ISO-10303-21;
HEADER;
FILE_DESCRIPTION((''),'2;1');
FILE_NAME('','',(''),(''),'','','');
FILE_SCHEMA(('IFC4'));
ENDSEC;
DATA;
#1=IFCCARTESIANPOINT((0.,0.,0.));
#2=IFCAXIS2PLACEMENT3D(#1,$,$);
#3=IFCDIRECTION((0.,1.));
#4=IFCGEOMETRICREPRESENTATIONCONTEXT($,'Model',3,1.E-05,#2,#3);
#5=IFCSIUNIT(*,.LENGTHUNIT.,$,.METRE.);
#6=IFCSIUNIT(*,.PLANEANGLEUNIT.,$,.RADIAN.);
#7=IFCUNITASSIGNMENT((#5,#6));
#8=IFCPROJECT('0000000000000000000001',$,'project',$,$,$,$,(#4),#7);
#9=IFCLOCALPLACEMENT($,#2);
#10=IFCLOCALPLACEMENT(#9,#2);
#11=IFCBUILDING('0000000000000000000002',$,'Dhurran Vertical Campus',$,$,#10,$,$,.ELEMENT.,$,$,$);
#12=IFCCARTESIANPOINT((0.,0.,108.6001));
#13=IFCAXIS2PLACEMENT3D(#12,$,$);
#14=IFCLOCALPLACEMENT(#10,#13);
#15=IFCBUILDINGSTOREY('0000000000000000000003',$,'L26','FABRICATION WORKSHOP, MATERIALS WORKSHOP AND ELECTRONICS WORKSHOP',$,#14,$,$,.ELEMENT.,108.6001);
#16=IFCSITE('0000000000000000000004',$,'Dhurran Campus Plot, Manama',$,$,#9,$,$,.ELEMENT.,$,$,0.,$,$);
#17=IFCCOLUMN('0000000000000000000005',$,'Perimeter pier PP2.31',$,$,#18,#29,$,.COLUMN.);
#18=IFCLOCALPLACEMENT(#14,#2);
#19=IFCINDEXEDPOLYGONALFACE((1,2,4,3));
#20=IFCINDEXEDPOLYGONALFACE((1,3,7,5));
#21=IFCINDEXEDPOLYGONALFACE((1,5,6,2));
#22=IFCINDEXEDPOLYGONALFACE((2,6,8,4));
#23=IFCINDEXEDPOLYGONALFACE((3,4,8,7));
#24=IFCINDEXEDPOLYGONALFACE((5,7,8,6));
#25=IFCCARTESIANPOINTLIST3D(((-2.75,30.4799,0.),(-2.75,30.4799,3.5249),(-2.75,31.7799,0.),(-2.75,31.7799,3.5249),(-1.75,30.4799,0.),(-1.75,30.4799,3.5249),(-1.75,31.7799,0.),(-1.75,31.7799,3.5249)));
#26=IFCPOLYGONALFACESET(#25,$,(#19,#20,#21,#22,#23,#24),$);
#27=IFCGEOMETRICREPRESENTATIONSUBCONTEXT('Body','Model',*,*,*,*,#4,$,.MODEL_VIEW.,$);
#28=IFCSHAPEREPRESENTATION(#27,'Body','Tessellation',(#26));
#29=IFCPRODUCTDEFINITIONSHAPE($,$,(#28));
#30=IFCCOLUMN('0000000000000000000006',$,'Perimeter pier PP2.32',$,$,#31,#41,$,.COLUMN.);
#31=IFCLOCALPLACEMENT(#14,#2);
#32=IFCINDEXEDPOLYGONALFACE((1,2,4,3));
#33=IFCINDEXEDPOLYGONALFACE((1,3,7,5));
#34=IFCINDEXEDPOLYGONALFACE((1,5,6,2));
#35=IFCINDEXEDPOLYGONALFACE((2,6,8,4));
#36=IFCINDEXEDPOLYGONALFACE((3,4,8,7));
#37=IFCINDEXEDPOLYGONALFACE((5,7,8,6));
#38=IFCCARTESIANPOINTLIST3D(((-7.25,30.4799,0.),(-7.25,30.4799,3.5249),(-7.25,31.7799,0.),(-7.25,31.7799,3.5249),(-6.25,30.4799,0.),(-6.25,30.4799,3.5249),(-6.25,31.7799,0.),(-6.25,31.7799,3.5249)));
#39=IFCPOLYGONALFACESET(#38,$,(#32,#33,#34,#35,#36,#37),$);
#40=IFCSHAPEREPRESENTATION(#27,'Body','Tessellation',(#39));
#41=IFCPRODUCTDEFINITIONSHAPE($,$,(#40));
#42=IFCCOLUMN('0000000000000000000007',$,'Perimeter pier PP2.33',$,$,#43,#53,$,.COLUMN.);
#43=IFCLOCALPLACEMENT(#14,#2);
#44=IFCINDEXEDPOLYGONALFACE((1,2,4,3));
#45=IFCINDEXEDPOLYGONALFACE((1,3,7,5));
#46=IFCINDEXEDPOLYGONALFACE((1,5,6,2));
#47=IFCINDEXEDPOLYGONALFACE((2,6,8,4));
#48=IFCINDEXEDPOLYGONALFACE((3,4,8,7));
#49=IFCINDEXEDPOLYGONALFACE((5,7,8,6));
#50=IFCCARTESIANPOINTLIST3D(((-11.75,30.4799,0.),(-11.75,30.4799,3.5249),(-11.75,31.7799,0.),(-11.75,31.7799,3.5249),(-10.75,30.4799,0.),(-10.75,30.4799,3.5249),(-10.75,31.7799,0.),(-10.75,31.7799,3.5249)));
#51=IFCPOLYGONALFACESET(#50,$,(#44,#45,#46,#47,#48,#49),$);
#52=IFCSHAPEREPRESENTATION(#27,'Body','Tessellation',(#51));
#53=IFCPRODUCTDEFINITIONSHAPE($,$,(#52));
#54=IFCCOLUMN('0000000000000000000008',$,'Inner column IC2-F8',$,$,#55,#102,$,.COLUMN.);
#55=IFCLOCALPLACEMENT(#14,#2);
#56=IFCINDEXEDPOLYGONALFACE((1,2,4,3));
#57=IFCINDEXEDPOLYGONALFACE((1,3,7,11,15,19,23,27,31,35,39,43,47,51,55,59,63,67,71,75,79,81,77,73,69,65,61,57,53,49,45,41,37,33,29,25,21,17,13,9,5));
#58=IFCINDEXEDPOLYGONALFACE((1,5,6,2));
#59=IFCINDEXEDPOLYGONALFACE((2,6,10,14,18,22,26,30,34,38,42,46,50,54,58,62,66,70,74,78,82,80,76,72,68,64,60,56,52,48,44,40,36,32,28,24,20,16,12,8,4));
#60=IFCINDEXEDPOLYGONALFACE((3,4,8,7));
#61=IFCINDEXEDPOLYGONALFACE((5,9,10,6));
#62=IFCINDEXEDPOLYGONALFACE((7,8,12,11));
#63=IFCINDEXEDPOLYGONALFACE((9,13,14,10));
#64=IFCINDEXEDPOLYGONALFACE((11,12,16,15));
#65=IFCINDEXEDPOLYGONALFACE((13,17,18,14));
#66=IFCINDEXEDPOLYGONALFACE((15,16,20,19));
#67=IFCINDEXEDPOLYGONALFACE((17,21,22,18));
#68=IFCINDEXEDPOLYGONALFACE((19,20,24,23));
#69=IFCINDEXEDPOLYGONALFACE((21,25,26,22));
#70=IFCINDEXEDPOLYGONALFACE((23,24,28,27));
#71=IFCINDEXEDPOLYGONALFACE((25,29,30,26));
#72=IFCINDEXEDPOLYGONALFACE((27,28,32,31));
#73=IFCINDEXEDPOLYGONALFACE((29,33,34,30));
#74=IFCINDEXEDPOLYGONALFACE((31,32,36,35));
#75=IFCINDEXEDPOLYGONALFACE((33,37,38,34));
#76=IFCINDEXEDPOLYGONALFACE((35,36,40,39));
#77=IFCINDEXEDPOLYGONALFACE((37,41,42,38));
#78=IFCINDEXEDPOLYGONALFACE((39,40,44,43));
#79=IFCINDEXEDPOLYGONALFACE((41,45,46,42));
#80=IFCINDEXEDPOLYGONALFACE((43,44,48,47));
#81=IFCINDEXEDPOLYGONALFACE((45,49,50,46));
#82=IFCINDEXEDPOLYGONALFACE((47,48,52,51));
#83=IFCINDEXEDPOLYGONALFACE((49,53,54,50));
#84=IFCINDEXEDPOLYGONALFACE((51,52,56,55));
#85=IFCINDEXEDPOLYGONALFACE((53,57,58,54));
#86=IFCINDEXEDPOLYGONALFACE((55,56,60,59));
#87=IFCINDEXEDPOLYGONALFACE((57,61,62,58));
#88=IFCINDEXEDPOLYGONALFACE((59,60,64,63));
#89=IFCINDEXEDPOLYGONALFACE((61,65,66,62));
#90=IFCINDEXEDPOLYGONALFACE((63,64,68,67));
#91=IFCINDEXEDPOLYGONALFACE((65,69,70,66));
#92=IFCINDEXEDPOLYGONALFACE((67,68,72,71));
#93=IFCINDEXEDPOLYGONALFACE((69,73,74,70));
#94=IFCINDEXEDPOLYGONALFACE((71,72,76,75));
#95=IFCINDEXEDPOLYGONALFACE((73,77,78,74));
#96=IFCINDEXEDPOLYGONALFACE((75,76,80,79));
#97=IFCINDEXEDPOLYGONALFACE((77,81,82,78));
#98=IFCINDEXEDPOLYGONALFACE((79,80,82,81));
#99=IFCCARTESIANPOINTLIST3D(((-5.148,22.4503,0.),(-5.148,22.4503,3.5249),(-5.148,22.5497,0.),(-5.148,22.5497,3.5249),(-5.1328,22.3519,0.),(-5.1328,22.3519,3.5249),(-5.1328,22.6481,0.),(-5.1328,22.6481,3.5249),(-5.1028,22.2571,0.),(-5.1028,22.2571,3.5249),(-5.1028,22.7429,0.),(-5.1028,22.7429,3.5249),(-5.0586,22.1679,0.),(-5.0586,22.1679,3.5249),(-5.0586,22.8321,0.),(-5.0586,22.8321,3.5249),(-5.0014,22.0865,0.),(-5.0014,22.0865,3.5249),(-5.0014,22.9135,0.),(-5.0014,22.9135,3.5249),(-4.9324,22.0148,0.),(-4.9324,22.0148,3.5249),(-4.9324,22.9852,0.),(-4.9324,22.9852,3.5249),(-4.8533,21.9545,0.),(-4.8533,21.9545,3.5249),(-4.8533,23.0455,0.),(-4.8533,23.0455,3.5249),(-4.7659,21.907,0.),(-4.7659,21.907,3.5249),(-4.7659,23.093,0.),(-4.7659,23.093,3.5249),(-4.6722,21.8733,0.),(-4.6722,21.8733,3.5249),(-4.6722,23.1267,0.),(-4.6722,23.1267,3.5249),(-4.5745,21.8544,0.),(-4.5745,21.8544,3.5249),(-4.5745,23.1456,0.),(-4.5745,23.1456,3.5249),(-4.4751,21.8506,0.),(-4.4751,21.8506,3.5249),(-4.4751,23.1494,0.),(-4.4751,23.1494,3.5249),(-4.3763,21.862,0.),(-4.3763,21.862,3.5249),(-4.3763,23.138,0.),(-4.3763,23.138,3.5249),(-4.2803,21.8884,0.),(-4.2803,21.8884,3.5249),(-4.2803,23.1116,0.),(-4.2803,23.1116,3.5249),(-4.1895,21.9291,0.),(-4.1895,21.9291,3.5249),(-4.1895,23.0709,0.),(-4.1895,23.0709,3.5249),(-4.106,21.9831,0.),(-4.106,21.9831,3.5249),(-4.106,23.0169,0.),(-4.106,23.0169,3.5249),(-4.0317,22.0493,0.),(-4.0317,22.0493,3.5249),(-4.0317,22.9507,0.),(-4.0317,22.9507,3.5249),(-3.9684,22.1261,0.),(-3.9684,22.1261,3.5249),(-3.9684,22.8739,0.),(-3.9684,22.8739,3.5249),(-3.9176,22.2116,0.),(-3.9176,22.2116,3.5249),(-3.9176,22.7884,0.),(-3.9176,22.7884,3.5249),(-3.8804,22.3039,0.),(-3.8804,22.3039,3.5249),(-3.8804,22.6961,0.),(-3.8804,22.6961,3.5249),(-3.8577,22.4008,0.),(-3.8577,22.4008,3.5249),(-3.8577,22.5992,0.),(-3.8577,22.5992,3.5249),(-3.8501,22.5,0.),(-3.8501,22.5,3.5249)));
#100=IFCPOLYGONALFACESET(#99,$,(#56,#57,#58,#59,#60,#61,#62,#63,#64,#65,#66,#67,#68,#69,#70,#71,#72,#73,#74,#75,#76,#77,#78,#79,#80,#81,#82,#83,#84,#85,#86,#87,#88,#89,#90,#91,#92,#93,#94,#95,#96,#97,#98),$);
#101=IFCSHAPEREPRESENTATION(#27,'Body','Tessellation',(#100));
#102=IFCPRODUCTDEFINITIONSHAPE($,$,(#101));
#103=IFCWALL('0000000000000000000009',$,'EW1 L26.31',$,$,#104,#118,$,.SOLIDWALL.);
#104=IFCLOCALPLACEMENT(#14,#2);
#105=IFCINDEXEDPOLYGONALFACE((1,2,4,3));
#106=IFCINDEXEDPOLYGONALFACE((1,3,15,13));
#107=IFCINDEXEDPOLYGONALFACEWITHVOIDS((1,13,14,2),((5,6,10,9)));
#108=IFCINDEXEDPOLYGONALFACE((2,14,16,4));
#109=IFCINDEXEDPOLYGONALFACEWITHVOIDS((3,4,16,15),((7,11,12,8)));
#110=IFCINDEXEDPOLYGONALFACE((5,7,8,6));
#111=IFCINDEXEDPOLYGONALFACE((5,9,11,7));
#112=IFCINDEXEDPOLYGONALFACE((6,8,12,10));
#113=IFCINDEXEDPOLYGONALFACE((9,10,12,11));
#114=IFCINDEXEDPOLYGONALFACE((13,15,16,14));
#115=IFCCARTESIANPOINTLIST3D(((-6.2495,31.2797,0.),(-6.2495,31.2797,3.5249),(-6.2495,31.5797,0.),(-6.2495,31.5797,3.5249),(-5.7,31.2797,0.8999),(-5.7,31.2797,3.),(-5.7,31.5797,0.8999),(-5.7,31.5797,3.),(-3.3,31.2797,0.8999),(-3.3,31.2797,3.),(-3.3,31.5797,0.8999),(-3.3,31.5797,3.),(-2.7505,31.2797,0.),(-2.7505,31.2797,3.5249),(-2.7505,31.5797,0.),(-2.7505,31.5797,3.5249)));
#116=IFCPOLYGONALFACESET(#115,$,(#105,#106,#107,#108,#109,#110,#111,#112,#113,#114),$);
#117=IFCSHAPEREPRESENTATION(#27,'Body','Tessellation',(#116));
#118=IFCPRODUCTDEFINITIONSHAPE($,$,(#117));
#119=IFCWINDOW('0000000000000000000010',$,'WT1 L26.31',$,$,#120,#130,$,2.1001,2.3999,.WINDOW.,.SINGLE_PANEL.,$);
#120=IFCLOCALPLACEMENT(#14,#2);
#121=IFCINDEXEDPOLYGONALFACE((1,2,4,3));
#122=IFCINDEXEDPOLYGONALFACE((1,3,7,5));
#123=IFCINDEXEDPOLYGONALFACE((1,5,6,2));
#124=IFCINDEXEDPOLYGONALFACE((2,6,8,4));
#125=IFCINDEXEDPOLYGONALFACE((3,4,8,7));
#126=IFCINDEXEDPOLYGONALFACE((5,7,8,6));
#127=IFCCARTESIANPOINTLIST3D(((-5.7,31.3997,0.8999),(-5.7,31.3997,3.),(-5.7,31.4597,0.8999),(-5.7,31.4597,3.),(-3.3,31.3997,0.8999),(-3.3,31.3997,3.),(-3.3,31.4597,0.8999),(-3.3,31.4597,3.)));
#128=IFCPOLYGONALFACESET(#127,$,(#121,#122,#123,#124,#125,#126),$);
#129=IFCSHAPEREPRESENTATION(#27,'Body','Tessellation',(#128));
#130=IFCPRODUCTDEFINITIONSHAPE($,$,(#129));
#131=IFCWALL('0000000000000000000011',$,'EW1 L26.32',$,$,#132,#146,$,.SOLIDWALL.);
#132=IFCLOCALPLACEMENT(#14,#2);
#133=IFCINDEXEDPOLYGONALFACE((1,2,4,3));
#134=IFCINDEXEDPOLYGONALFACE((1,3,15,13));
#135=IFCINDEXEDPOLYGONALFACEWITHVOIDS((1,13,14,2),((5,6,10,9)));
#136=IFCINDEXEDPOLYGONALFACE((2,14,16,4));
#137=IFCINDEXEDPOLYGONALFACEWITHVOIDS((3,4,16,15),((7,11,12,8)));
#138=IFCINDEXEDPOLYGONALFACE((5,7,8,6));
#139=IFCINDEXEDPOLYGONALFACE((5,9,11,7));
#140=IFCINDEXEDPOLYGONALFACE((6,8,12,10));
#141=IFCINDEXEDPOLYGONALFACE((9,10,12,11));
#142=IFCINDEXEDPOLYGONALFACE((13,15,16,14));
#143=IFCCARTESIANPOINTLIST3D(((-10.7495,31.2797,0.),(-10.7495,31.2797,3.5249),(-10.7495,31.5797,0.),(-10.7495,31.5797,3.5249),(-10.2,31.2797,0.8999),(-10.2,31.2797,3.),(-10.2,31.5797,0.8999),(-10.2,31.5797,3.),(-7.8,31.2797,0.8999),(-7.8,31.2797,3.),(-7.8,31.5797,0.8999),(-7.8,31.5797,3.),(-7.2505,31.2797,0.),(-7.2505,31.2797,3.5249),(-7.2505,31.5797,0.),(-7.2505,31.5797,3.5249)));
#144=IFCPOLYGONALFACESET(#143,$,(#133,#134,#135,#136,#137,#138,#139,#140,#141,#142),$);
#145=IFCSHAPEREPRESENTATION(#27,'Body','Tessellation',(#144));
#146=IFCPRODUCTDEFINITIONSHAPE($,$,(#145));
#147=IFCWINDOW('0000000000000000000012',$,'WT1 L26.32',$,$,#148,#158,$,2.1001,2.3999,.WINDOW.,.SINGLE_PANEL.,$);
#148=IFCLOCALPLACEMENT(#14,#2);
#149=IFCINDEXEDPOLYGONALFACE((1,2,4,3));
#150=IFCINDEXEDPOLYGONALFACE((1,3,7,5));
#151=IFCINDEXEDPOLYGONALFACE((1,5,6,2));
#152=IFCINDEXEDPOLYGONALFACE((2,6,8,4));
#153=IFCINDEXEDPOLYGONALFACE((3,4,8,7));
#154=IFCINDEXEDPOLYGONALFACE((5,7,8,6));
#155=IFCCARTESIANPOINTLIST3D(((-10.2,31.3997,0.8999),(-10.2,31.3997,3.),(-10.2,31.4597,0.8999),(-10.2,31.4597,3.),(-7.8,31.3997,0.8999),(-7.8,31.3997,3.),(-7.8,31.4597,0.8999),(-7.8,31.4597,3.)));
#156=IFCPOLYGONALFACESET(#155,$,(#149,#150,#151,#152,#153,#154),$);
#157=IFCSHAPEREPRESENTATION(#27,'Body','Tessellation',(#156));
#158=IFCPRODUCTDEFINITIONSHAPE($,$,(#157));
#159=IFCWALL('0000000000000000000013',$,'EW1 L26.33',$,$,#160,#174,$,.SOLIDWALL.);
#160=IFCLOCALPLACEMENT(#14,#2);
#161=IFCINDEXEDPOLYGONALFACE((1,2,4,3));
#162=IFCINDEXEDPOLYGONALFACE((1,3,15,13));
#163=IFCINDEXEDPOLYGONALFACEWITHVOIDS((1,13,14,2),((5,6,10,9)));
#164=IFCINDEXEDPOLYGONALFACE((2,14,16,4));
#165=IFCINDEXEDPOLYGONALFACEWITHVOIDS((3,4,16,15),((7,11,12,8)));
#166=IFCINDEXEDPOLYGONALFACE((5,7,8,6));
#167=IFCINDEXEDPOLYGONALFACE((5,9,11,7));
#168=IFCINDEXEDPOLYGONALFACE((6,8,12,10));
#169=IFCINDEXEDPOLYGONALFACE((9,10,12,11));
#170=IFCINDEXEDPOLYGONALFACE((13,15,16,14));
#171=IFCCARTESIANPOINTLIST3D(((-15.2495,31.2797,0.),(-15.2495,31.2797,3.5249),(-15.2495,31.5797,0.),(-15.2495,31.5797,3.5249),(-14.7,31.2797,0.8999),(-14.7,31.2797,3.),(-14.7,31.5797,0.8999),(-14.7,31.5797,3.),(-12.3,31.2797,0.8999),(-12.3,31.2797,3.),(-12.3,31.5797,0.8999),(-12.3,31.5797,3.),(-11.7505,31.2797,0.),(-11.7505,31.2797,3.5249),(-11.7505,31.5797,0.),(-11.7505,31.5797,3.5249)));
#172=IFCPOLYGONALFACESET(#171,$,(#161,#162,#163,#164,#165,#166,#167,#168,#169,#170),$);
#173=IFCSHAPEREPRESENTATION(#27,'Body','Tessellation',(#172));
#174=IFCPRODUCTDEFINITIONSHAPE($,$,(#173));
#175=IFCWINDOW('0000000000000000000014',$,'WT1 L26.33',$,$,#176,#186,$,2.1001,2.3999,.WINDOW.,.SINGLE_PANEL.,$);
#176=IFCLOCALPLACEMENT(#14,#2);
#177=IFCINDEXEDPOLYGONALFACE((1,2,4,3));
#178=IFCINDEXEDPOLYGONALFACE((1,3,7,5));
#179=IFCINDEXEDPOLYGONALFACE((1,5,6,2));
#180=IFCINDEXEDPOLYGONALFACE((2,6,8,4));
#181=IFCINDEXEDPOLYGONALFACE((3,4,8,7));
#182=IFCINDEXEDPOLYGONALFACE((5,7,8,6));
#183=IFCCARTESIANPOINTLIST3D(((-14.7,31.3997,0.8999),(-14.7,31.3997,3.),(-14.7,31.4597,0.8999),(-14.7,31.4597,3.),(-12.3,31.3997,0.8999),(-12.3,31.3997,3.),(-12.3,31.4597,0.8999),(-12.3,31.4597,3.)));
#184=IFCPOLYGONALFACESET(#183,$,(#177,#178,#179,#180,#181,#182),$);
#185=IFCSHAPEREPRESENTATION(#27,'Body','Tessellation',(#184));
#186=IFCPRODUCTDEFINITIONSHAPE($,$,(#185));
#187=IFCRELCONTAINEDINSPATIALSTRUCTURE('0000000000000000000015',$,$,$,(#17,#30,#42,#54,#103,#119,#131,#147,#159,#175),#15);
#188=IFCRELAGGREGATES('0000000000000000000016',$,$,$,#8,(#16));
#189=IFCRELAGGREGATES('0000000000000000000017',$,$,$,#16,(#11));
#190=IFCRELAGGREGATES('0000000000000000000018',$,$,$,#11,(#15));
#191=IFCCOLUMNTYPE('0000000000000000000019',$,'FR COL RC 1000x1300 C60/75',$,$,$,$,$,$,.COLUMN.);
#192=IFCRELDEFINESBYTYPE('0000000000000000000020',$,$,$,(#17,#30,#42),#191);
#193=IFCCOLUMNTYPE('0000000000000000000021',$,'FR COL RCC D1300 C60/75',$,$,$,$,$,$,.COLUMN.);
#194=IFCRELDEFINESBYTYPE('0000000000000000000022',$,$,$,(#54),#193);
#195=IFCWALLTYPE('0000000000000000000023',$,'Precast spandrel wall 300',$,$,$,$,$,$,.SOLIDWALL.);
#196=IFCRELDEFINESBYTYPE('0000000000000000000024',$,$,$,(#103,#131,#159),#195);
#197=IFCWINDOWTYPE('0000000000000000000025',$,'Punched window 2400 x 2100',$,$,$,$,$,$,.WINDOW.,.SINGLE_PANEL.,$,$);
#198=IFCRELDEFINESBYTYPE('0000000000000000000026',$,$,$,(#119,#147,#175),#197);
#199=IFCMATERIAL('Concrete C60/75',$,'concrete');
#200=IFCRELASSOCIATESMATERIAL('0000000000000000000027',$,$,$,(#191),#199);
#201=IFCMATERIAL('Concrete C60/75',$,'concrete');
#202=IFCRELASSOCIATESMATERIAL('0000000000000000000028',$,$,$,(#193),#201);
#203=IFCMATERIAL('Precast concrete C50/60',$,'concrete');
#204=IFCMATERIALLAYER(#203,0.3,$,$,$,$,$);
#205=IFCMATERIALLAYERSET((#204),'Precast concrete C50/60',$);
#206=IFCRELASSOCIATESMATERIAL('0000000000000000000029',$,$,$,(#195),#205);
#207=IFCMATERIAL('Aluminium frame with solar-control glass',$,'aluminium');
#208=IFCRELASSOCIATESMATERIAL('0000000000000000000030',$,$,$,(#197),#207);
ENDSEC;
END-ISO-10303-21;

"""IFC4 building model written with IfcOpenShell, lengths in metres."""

from ifc_helpers import new_model, si_unit, direction, frame, frame_2d, origin, origin_2d, place, context, subcontext, project, spatial, rectangle, circle, extrude, material, layer, layer_set, material_profile, profile_set, type_object, element, fill, save


model = new_model("IFC4")

# Units and contexts
model_context = context("Model", 3, precision=1e-05, world=origin(), true_north=direction((0.0, 1.0)))
body_context = subcontext(model_context, "Body", "Model", "MODEL_VIEW")
ifc_project = project(units=[si_unit("LENGTHUNIT", "METRE"), si_unit("PLANEANGLEUNIT", "RADIAN")], contexts=[model_context])

# Site, building, storey
site_placement = place(None, origin())
site = spatial("IfcSite", under=ifc_project, at=site_placement, Name="Dhurran Campus Plot, Manama", CompositionType="ELEMENT", RefElevation=0.0)
building_placement = place(site_placement, origin())
building = spatial("IfcBuilding", under=site, at=building_placement, Name="Dhurran Vertical Campus", CompositionType="ELEMENT")
storey_placement = place(building_placement, frame((0.0, 0.0, 108.6001)))
storey = spatial("IfcBuildingStorey", under=building, at=storey_placement, Name="L26", Description="FABRICATION WORKSHOP, MATERIALS WORKSHOP AND ELECTRONICS WORKSHOP", CompositionType="ELEMENT", Elevation=108.6001)

# Columns
ifc_material_1 = material(Name="Concrete C60/75", Category="concrete")
ifc_material_profile_1 = material_profile(ifc_material_1, rectangle(XDim=1.0, YDim=1.3, at=origin_2d()), Name="RC 1000x1300")
ifc_profile_set_1 = profile_set([ifc_material_profile_1], Name="Concrete C60/75")
column_type_1 = type_object("IfcColumnType", Name="FR COL RC 1000x1300 C60/75", PredefinedType="COLUMN", material=ifc_profile_set_1)
for number, where, z_axis, x_axis, name in (
    (1, (-2.25, 31.1299, 0.0), (0.0, 0.0, 1.0), (-1.0, 0.0, 0.0), "Perimeter pier PP2.31"),
    (2, (-6.75, 31.1299, 0.0), (0.0, 0.0, 1.0), (-1.0, 0.0, 0.0), "Perimeter pier PP2.32"),
    (3, (-11.25, 31.1299, 0.0), (0.0, 0.0, 1.0), (-1.0, 0.0, 0.0), "Perimeter pier PP2.33"),
):
    element("IfcColumn", number, at=place(storey_placement, frame(where, z_axis=z_axis, x_axis=x_axis)), inside=storey, type_object=column_type_1, Name=name, PredefinedType="COLUMN", context=body_context, shape_type="SweptSolid", body=[
        extrude(rectangle(XDim=1.0, YDim=1.3, at=origin_2d()), origin(), (0.0, 0.0, 1.0), 3.5249),
    ])
ifc_material_2 = material(Name="Concrete C60/75", Category="concrete")
ifc_material_profile_2 = material_profile(ifc_material_2, circle(Radius=0.6499, at=origin_2d()), Name="RCC D1300")
ifc_profile_set_2 = profile_set([ifc_material_profile_2], Name="Concrete C60/75")
column_type_2 = type_object("IfcColumnType", Name="FR COL RCC D1300 C60/75", PredefinedType="COLUMN", material=ifc_profile_set_2)
column_placement = place(storey_placement, frame((-4.5, 22.5, 0.0), z_axis=(0.0, 0.0, 1.0), x_axis=(1.0, 0.0, 0.0)))
element("IfcColumn", 4, at=column_placement, inside=storey, type_object=column_type_2, Name="Inner column IC2-F8", PredefinedType="COLUMN", context=body_context, shape_type="SweptSolid", body=[
    extrude(circle(Radius=0.6499, at=origin_2d()), origin(), (0.0, 0.0, 1.0), 3.5249),
])

# Walls, openings, windows
ifc_material_3 = material(Name="Precast concrete C50/60", Category="concrete")
ifc_layer_1 = layer(ifc_material_3, 0.3)
ifc_layer_set_1 = layer_set([ifc_layer_1], Name="Precast concrete C50/60")
wall_type_1 = type_object("IfcWallType", Name="Precast spandrel wall 300", PredefinedType="SOLIDWALL", material=ifc_layer_set_1)
wall_1_placement = place(storey_placement, frame((-2.7505, 31.4297, 0.0), z_axis=(0.0, 0.0, 1.0), x_axis=(-1.0, 0.0, 0.0)))
wall_1 = element("IfcWall", 5, at=wall_1_placement, inside=storey, type_object=wall_type_1, Name="EW1 L26.31", PredefinedType="SOLIDWALL", context=body_context, shape_type="SweptSolid", body=[
    extrude(rectangle(XDim=3.499, YDim=0.3, at=frame_2d((1.7495, 0.0))), origin(), (0.0, 0.0, 1.0), 3.5249),
])
opening_1_placement = place(wall_1_placement, frame((0.5496, 0.0, 0.8999)))
opening_1 = element("IfcOpeningElement", 6, at=opening_1_placement, cuts=wall_1, PredefinedType="OPENING", context=body_context, shape_type="SweptSolid", body=[
    extrude(rectangle(XDim=2.3999, YDim=2.1001, at=frame_2d((1.2, 1.05))), frame((0.0, 0.1599, 0.0), z_axis=(0.0, -1.0, 0.0), x_axis=(1.0, 0.0, 0.0)), (0.0, 0.0, 1.0), 0.3201),
])
ifc_material_4 = material(Name="Aluminium frame with solar-control glass", Category="aluminium")
window_type = type_object("IfcWindowType", Name="Punched window 2400 x 2100", PartitioningType="SINGLE_PANEL", PredefinedType="WINDOW", material=ifc_material_4)
window_1_placement = place(opening_1_placement, origin())
window_1 = element("IfcWindow", 7, at=window_1_placement, inside=storey, type_object=window_type, Name="WT1 L26.31", OverallHeight=2.1001, OverallWidth=2.3999, PartitioningType="SINGLE_PANEL", PredefinedType="WINDOW", context=body_context, shape_type="SweptSolid", body=[
    extrude(rectangle(XDim=2.3999, YDim=2.1001, at=frame_2d((1.2, 1.05))), frame((0.0, 0.03, 0.0), z_axis=(0.0, -1.0, 0.0), x_axis=(1.0, 0.0, 0.0)), (0.0, 0.0, 1.0), 0.0601),
])
fill(opening_1, window_1)
wall_2_placement = place(storey_placement, frame((-7.2505, 31.4297, 0.0), z_axis=(0.0, 0.0, 1.0), x_axis=(-1.0, 0.0, 0.0)))
wall_2 = element("IfcWall", 8, at=wall_2_placement, inside=storey, type_object=wall_type_1, Name="EW1 L26.32", PredefinedType="SOLIDWALL", context=body_context, shape_type="SweptSolid", body=[
    extrude(rectangle(XDim=3.499, YDim=0.3, at=frame_2d((1.7495, 0.0))), origin(), (0.0, 0.0, 1.0), 3.5249),
])
opening_2_placement = place(wall_2_placement, frame((0.5496, 0.0, 0.8999)))
opening_2 = element("IfcOpeningElement", 9, at=opening_2_placement, cuts=wall_2, PredefinedType="OPENING", context=body_context, shape_type="SweptSolid", body=[
    extrude(rectangle(XDim=2.3999, YDim=2.1001, at=frame_2d((1.2, 1.05))), frame((0.0, 0.1599, 0.0), z_axis=(0.0, -1.0, 0.0), x_axis=(1.0, 0.0, 0.0)), (0.0, 0.0, 1.0), 0.3201),
])
window_2_placement = place(opening_2_placement, origin())
window_2 = element("IfcWindow", 10, at=window_2_placement, inside=storey, type_object=window_type, Name="WT1 L26.32", OverallHeight=2.1001, OverallWidth=2.3999, PartitioningType="SINGLE_PANEL", PredefinedType="WINDOW", context=body_context, shape_type="SweptSolid", body=[
    extrude(rectangle(XDim=2.3999, YDim=2.1001, at=frame_2d((1.2, 1.05))), frame((0.0, 0.03, 0.0), z_axis=(0.0, -1.0, 0.0), x_axis=(1.0, 0.0, 0.0)), (0.0, 0.0, 1.0), 0.0601),
])
fill(opening_2, window_2)
wall_3_placement = place(storey_placement, frame((-11.7505, 31.4297, 0.0), z_axis=(0.0, 0.0, 1.0), x_axis=(-1.0, 0.0, 0.0)))
wall_3 = element("IfcWall", 11, at=wall_3_placement, inside=storey, type_object=wall_type_1, Name="EW1 L26.33", PredefinedType="SOLIDWALL", context=body_context, shape_type="SweptSolid", body=[
    extrude(rectangle(XDim=3.499, YDim=0.3, at=frame_2d((1.7495, 0.0))), origin(), (0.0, 0.0, 1.0), 3.5249),
])
opening_3_placement = place(wall_3_placement, frame((0.5496, 0.0, 0.8999)))
opening_3 = element("IfcOpeningElement", 12, at=opening_3_placement, cuts=wall_3, PredefinedType="OPENING", context=body_context, shape_type="SweptSolid", body=[
    extrude(rectangle(XDim=2.3999, YDim=2.1001, at=frame_2d((1.2, 1.05))), frame((0.0, 0.1599, 0.0), z_axis=(0.0, -1.0, 0.0), x_axis=(1.0, 0.0, 0.0)), (0.0, 0.0, 1.0), 0.3201),
])
window_3_placement = place(opening_3_placement, origin())
window_3 = element("IfcWindow", 13, at=window_3_placement, inside=storey, type_object=window_type, Name="WT1 L26.33", OverallHeight=2.1001, OverallWidth=2.3999, PartitioningType="SINGLE_PANEL", PredefinedType="WINDOW", context=body_context, shape_type="SweptSolid", body=[
    extrude(rectangle(XDim=2.3999, YDim=2.1001, at=frame_2d((1.2, 1.05))), frame((0.0, 0.03, 0.0), z_axis=(0.0, -1.0, 0.0), x_axis=(1.0, 0.0, 0.0)), (0.0, 0.0, 1.0), 0.0601),
])
fill(opening_3, window_3)

save(model, "model.ifc")
